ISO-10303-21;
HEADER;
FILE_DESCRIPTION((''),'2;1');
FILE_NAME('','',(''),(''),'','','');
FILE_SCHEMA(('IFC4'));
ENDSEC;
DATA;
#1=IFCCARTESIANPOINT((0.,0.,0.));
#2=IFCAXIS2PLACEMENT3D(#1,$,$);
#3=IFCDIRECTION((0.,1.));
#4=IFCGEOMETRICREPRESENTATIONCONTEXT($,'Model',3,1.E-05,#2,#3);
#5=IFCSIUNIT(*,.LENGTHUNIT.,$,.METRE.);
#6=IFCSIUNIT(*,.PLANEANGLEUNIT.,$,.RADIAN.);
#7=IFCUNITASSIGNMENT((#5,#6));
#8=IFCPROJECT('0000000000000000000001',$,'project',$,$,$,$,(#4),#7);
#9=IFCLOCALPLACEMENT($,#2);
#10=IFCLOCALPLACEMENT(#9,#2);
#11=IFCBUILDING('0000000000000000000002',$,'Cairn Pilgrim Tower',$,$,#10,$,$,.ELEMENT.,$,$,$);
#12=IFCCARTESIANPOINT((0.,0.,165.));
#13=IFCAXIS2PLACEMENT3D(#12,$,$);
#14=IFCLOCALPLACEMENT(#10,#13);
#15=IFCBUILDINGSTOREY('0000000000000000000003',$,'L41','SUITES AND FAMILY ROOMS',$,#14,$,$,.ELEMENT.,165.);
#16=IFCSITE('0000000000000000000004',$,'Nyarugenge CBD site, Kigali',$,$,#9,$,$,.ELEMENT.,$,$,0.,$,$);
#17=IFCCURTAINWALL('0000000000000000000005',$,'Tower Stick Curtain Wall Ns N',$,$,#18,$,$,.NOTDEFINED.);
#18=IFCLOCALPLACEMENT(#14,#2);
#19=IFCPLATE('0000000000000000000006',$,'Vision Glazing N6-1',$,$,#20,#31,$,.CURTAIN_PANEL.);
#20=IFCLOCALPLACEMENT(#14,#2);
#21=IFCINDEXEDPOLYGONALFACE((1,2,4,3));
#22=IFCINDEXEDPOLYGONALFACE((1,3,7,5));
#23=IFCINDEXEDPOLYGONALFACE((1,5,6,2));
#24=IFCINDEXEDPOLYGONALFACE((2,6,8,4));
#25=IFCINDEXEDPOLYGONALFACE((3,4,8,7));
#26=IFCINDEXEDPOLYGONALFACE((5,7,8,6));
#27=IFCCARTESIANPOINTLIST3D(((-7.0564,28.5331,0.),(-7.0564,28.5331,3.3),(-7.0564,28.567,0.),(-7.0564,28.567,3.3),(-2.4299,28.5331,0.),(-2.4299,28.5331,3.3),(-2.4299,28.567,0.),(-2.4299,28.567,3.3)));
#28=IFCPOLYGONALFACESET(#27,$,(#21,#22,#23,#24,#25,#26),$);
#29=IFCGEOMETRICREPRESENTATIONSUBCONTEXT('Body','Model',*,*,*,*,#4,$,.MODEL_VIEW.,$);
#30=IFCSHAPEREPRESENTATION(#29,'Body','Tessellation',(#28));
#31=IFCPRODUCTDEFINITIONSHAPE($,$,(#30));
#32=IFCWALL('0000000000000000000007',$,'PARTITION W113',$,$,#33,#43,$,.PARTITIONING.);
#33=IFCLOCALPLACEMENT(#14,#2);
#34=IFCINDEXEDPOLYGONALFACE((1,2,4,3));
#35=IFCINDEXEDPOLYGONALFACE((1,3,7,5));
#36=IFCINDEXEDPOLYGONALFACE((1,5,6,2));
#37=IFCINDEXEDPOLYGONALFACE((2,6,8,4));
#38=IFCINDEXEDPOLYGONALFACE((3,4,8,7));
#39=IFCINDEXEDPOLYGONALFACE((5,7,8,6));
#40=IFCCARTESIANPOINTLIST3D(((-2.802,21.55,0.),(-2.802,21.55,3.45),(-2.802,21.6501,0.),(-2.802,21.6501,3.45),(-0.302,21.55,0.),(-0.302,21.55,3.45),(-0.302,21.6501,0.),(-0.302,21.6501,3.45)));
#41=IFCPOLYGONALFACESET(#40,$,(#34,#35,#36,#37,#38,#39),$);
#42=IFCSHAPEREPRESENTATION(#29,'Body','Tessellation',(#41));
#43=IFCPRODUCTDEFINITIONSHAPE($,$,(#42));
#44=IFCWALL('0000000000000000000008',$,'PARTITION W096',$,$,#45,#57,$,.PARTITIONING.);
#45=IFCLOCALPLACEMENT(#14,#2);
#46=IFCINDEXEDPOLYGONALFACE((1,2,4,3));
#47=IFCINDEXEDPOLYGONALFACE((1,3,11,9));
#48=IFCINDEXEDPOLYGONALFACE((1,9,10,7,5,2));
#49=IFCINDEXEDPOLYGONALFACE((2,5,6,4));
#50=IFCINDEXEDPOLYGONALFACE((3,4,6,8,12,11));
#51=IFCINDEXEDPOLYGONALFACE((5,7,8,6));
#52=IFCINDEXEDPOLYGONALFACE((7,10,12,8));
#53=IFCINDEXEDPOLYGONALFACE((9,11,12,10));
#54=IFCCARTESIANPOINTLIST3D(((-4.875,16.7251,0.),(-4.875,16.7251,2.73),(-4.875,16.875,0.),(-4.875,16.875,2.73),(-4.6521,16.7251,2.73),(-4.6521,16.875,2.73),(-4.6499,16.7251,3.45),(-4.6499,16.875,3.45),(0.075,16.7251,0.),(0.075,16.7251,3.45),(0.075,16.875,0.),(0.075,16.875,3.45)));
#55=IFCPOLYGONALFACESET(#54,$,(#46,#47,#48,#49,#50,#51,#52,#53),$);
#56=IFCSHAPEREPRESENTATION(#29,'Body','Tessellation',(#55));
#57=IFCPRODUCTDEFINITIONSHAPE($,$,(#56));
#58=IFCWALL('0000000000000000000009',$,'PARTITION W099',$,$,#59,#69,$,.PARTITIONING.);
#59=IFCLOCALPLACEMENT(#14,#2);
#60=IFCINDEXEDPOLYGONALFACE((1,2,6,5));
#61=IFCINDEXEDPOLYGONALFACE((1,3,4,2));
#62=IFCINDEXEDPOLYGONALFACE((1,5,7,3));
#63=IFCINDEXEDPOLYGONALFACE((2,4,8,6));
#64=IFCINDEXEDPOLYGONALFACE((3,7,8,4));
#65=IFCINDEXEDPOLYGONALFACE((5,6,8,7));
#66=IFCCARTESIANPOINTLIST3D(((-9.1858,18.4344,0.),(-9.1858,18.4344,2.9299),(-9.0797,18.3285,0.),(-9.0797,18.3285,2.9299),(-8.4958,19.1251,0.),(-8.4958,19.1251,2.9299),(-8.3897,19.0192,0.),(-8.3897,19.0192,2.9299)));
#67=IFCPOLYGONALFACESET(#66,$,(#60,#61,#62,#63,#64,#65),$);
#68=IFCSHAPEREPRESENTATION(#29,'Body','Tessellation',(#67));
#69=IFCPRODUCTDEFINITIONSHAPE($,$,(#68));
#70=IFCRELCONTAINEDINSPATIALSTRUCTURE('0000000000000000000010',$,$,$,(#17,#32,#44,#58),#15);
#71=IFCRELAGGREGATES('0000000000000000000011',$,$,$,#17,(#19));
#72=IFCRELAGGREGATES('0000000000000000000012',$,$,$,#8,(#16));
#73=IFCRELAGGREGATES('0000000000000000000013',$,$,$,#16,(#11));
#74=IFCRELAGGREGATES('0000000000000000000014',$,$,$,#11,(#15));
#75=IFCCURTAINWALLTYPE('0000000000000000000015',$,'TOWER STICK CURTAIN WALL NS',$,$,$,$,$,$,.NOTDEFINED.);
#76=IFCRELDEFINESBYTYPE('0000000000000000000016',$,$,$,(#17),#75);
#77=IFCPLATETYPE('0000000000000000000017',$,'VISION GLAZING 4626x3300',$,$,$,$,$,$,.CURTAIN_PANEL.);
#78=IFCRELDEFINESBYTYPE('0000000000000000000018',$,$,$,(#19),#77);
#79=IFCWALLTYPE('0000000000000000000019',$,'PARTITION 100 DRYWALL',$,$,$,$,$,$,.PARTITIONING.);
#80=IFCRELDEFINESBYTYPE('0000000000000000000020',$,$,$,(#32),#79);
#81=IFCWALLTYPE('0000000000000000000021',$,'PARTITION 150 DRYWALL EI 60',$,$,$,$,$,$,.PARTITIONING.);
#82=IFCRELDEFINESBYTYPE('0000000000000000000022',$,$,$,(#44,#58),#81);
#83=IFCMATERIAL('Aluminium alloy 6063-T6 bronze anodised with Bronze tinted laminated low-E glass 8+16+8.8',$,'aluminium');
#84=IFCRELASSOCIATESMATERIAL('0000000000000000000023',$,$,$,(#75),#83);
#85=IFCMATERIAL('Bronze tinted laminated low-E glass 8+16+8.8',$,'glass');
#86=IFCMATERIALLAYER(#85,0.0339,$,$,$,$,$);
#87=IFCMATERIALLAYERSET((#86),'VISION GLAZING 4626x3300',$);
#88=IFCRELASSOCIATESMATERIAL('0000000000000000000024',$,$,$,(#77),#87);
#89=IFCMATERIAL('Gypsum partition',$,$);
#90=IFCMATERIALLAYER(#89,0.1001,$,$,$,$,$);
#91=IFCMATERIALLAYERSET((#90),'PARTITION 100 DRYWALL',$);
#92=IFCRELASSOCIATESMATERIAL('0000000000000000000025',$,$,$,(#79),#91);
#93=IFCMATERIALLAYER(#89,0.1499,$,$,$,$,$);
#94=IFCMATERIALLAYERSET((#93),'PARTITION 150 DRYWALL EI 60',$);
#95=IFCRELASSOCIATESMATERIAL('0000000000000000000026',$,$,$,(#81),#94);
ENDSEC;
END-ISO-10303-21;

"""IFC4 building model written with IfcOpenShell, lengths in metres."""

from ifc_helpers import new_model, si_unit, direction, frame, frame_2d, origin, origin_2d, place, context, subcontext, project, spatial, polyline, rectangle, outline, extrude, material, layer, layer_set, type_object, element, aggregate, save


model = new_model("IFC4")

# Units and contexts
model_context = context("Model", 3, precision=1e-05, world=origin(), true_north=direction((0.0, 1.0)))
body_context = subcontext(model_context, "Body", "Model", "MODEL_VIEW")
ifc_project = project(units=[si_unit("LENGTHUNIT", "METRE"), si_unit("PLANEANGLEUNIT", "RADIAN")], contexts=[model_context])

# Site, building, storey
site_placement = place(None, origin())
site = spatial("IfcSite", under=ifc_project, at=site_placement, Name="Nyarugenge CBD site, Kigali", CompositionType="ELEMENT", RefElevation=0.0)
building_placement = place(site_placement, origin())
building = spatial("IfcBuilding", under=site, at=building_placement, Name="Cairn Pilgrim Tower", CompositionType="ELEMENT")
storey_placement = place(building_placement, frame((0.0, 0.0, 165.0)))
storey = spatial("IfcBuildingStorey", under=building, at=storey_placement, Name="L41", Description="SUITES AND FAMILY ROOMS", CompositionType="ELEMENT", Elevation=165.0)

# Shared definitions
ifc_material_1 = material(Name="Aluminium alloy 6063-T6 bronze anodised with Bronze tinted laminated low-E glass 8+16+8.8", Category="aluminium")

# Curtain wall, plate
curtain_wall_type_1 = type_object("IfcCurtainWallType", Name="TOWER STICK CURTAIN WALL NS", PredefinedType="NOTDEFINED", material=ifc_material_1)
curtain_wall_1_placement = place(storey_placement, origin())
curtain_wall_1 = element("IfcCurtainWall", 1, at=curtain_wall_1_placement, inside=storey, type_object=curtain_wall_type_1, Name="Tower Stick Curtain Wall Ns N", PredefinedType="NOTDEFINED")
ifc_material_2 = material(Name="Bronze tinted laminated low-E glass 8+16+8.8", Category="glass")
ifc_layer_1 = layer(ifc_material_2, 0.0339)
ifc_layer_set_1 = layer_set([ifc_layer_1], Name="VISION GLAZING 4626x3300")
plate_type = type_object("IfcPlateType", Name="VISION GLAZING 4626x3300", PredefinedType="CURTAIN_PANEL", material=ifc_layer_set_1)
plate_placement = place(storey_placement, frame((-4.7432, 28.55, 0.0), z_axis=(0.0, 0.0, 1.0), x_axis=(-1.0, 0.0, 0.0)))
plate = element("IfcPlate", 2, at=plate_placement, type_object=plate_type, Name="Vision Glazing N6-1", PredefinedType="CURTAIN_PANEL", context=body_context, shape_type="SweptSolid", body=[
    extrude(rectangle(XDim=4.6265, YDim=0.0339, at=origin_2d()), origin(), (0.0, 0.0, 1.0), 3.3),
])
aggregate(curtain_wall_1, [plate])

# Walls
ifc_material_3 = material(Name="Gypsum partition")
ifc_layer_2 = layer(ifc_material_3, 0.1001)
ifc_layer_set_2 = layer_set([ifc_layer_2], Name="PARTITION 100 DRYWALL")
wall_type_1 = type_object("IfcWallType", Name="PARTITION 100 DRYWALL", PredefinedType="PARTITIONING", material=ifc_layer_set_2)
wall_1_placement = place(storey_placement, frame((-2.802, 21.6001, 0.0), z_axis=(0.0, 0.0, 1.0), x_axis=(1.0, 0.0, 0.0)))
element("IfcWall", 3, at=wall_1_placement, inside=storey, type_object=wall_type_1, Name="PARTITION W113", PredefinedType="PARTITIONING", context=body_context, shape_type="SweptSolid", body=[
    extrude(rectangle(XDim=2.5, YDim=0.1001, at=frame_2d((1.25, 0.0))), origin(), (0.0, 0.0, 1.0), 3.45),
])
ifc_layer_3 = layer(ifc_material_3, 0.1499)
ifc_layer_set_3 = layer_set([ifc_layer_3], Name="PARTITION 150 DRYWALL EI 60")
wall_type_2 = type_object("IfcWallType", Name="PARTITION 150 DRYWALL EI 60", PredefinedType="PARTITIONING", material=ifc_layer_set_3)
wall_2_placement = place(storey_placement, frame((-4.875, 16.8, 0.0), z_axis=(0.0, 0.0, 1.0), x_axis=(1.0, 0.0, 0.0)))
element("IfcWall", 4, at=wall_2_placement, inside=storey, type_object=wall_type_2, Name="PARTITION W096", PredefinedType="PARTITIONING", context=body_context, shape_type="SweptSolid", body=[
    extrude(outline(polyline([(0.0, 0.0), (4.95, 0.0), (4.95, 3.45), (0.2251, 3.45), (0.2229, 2.73), (0.0, 2.73), (0.0, 0.0)])), frame((0.0, 0.075, 0.0), z_axis=(0.0, -1.0, 0.0), x_axis=(1.0, 0.0, 0.0)), (0.0, 0.0, 1.0), 0.1499),
])
wall_3_placement = place(storey_placement, frame((-9.1328, 18.3813, 0.0), z_axis=(0.0, 0.0, 1.0), x_axis=(0.706732, 0.707482, 0.0)))
element("IfcWall", 5, at=wall_3_placement, inside=storey, type_object=wall_type_2, Name="PARTITION W099", PredefinedType="PARTITIONING", context=body_context, shape_type="SweptSolid", body=[
    extrude(rectangle(XDim=0.9763, YDim=0.1499, at=frame_2d((0.4883, 0.0))), origin(), (0.0, 0.0, 1.0), 2.9299),
])

save(model, "model.ifc")
